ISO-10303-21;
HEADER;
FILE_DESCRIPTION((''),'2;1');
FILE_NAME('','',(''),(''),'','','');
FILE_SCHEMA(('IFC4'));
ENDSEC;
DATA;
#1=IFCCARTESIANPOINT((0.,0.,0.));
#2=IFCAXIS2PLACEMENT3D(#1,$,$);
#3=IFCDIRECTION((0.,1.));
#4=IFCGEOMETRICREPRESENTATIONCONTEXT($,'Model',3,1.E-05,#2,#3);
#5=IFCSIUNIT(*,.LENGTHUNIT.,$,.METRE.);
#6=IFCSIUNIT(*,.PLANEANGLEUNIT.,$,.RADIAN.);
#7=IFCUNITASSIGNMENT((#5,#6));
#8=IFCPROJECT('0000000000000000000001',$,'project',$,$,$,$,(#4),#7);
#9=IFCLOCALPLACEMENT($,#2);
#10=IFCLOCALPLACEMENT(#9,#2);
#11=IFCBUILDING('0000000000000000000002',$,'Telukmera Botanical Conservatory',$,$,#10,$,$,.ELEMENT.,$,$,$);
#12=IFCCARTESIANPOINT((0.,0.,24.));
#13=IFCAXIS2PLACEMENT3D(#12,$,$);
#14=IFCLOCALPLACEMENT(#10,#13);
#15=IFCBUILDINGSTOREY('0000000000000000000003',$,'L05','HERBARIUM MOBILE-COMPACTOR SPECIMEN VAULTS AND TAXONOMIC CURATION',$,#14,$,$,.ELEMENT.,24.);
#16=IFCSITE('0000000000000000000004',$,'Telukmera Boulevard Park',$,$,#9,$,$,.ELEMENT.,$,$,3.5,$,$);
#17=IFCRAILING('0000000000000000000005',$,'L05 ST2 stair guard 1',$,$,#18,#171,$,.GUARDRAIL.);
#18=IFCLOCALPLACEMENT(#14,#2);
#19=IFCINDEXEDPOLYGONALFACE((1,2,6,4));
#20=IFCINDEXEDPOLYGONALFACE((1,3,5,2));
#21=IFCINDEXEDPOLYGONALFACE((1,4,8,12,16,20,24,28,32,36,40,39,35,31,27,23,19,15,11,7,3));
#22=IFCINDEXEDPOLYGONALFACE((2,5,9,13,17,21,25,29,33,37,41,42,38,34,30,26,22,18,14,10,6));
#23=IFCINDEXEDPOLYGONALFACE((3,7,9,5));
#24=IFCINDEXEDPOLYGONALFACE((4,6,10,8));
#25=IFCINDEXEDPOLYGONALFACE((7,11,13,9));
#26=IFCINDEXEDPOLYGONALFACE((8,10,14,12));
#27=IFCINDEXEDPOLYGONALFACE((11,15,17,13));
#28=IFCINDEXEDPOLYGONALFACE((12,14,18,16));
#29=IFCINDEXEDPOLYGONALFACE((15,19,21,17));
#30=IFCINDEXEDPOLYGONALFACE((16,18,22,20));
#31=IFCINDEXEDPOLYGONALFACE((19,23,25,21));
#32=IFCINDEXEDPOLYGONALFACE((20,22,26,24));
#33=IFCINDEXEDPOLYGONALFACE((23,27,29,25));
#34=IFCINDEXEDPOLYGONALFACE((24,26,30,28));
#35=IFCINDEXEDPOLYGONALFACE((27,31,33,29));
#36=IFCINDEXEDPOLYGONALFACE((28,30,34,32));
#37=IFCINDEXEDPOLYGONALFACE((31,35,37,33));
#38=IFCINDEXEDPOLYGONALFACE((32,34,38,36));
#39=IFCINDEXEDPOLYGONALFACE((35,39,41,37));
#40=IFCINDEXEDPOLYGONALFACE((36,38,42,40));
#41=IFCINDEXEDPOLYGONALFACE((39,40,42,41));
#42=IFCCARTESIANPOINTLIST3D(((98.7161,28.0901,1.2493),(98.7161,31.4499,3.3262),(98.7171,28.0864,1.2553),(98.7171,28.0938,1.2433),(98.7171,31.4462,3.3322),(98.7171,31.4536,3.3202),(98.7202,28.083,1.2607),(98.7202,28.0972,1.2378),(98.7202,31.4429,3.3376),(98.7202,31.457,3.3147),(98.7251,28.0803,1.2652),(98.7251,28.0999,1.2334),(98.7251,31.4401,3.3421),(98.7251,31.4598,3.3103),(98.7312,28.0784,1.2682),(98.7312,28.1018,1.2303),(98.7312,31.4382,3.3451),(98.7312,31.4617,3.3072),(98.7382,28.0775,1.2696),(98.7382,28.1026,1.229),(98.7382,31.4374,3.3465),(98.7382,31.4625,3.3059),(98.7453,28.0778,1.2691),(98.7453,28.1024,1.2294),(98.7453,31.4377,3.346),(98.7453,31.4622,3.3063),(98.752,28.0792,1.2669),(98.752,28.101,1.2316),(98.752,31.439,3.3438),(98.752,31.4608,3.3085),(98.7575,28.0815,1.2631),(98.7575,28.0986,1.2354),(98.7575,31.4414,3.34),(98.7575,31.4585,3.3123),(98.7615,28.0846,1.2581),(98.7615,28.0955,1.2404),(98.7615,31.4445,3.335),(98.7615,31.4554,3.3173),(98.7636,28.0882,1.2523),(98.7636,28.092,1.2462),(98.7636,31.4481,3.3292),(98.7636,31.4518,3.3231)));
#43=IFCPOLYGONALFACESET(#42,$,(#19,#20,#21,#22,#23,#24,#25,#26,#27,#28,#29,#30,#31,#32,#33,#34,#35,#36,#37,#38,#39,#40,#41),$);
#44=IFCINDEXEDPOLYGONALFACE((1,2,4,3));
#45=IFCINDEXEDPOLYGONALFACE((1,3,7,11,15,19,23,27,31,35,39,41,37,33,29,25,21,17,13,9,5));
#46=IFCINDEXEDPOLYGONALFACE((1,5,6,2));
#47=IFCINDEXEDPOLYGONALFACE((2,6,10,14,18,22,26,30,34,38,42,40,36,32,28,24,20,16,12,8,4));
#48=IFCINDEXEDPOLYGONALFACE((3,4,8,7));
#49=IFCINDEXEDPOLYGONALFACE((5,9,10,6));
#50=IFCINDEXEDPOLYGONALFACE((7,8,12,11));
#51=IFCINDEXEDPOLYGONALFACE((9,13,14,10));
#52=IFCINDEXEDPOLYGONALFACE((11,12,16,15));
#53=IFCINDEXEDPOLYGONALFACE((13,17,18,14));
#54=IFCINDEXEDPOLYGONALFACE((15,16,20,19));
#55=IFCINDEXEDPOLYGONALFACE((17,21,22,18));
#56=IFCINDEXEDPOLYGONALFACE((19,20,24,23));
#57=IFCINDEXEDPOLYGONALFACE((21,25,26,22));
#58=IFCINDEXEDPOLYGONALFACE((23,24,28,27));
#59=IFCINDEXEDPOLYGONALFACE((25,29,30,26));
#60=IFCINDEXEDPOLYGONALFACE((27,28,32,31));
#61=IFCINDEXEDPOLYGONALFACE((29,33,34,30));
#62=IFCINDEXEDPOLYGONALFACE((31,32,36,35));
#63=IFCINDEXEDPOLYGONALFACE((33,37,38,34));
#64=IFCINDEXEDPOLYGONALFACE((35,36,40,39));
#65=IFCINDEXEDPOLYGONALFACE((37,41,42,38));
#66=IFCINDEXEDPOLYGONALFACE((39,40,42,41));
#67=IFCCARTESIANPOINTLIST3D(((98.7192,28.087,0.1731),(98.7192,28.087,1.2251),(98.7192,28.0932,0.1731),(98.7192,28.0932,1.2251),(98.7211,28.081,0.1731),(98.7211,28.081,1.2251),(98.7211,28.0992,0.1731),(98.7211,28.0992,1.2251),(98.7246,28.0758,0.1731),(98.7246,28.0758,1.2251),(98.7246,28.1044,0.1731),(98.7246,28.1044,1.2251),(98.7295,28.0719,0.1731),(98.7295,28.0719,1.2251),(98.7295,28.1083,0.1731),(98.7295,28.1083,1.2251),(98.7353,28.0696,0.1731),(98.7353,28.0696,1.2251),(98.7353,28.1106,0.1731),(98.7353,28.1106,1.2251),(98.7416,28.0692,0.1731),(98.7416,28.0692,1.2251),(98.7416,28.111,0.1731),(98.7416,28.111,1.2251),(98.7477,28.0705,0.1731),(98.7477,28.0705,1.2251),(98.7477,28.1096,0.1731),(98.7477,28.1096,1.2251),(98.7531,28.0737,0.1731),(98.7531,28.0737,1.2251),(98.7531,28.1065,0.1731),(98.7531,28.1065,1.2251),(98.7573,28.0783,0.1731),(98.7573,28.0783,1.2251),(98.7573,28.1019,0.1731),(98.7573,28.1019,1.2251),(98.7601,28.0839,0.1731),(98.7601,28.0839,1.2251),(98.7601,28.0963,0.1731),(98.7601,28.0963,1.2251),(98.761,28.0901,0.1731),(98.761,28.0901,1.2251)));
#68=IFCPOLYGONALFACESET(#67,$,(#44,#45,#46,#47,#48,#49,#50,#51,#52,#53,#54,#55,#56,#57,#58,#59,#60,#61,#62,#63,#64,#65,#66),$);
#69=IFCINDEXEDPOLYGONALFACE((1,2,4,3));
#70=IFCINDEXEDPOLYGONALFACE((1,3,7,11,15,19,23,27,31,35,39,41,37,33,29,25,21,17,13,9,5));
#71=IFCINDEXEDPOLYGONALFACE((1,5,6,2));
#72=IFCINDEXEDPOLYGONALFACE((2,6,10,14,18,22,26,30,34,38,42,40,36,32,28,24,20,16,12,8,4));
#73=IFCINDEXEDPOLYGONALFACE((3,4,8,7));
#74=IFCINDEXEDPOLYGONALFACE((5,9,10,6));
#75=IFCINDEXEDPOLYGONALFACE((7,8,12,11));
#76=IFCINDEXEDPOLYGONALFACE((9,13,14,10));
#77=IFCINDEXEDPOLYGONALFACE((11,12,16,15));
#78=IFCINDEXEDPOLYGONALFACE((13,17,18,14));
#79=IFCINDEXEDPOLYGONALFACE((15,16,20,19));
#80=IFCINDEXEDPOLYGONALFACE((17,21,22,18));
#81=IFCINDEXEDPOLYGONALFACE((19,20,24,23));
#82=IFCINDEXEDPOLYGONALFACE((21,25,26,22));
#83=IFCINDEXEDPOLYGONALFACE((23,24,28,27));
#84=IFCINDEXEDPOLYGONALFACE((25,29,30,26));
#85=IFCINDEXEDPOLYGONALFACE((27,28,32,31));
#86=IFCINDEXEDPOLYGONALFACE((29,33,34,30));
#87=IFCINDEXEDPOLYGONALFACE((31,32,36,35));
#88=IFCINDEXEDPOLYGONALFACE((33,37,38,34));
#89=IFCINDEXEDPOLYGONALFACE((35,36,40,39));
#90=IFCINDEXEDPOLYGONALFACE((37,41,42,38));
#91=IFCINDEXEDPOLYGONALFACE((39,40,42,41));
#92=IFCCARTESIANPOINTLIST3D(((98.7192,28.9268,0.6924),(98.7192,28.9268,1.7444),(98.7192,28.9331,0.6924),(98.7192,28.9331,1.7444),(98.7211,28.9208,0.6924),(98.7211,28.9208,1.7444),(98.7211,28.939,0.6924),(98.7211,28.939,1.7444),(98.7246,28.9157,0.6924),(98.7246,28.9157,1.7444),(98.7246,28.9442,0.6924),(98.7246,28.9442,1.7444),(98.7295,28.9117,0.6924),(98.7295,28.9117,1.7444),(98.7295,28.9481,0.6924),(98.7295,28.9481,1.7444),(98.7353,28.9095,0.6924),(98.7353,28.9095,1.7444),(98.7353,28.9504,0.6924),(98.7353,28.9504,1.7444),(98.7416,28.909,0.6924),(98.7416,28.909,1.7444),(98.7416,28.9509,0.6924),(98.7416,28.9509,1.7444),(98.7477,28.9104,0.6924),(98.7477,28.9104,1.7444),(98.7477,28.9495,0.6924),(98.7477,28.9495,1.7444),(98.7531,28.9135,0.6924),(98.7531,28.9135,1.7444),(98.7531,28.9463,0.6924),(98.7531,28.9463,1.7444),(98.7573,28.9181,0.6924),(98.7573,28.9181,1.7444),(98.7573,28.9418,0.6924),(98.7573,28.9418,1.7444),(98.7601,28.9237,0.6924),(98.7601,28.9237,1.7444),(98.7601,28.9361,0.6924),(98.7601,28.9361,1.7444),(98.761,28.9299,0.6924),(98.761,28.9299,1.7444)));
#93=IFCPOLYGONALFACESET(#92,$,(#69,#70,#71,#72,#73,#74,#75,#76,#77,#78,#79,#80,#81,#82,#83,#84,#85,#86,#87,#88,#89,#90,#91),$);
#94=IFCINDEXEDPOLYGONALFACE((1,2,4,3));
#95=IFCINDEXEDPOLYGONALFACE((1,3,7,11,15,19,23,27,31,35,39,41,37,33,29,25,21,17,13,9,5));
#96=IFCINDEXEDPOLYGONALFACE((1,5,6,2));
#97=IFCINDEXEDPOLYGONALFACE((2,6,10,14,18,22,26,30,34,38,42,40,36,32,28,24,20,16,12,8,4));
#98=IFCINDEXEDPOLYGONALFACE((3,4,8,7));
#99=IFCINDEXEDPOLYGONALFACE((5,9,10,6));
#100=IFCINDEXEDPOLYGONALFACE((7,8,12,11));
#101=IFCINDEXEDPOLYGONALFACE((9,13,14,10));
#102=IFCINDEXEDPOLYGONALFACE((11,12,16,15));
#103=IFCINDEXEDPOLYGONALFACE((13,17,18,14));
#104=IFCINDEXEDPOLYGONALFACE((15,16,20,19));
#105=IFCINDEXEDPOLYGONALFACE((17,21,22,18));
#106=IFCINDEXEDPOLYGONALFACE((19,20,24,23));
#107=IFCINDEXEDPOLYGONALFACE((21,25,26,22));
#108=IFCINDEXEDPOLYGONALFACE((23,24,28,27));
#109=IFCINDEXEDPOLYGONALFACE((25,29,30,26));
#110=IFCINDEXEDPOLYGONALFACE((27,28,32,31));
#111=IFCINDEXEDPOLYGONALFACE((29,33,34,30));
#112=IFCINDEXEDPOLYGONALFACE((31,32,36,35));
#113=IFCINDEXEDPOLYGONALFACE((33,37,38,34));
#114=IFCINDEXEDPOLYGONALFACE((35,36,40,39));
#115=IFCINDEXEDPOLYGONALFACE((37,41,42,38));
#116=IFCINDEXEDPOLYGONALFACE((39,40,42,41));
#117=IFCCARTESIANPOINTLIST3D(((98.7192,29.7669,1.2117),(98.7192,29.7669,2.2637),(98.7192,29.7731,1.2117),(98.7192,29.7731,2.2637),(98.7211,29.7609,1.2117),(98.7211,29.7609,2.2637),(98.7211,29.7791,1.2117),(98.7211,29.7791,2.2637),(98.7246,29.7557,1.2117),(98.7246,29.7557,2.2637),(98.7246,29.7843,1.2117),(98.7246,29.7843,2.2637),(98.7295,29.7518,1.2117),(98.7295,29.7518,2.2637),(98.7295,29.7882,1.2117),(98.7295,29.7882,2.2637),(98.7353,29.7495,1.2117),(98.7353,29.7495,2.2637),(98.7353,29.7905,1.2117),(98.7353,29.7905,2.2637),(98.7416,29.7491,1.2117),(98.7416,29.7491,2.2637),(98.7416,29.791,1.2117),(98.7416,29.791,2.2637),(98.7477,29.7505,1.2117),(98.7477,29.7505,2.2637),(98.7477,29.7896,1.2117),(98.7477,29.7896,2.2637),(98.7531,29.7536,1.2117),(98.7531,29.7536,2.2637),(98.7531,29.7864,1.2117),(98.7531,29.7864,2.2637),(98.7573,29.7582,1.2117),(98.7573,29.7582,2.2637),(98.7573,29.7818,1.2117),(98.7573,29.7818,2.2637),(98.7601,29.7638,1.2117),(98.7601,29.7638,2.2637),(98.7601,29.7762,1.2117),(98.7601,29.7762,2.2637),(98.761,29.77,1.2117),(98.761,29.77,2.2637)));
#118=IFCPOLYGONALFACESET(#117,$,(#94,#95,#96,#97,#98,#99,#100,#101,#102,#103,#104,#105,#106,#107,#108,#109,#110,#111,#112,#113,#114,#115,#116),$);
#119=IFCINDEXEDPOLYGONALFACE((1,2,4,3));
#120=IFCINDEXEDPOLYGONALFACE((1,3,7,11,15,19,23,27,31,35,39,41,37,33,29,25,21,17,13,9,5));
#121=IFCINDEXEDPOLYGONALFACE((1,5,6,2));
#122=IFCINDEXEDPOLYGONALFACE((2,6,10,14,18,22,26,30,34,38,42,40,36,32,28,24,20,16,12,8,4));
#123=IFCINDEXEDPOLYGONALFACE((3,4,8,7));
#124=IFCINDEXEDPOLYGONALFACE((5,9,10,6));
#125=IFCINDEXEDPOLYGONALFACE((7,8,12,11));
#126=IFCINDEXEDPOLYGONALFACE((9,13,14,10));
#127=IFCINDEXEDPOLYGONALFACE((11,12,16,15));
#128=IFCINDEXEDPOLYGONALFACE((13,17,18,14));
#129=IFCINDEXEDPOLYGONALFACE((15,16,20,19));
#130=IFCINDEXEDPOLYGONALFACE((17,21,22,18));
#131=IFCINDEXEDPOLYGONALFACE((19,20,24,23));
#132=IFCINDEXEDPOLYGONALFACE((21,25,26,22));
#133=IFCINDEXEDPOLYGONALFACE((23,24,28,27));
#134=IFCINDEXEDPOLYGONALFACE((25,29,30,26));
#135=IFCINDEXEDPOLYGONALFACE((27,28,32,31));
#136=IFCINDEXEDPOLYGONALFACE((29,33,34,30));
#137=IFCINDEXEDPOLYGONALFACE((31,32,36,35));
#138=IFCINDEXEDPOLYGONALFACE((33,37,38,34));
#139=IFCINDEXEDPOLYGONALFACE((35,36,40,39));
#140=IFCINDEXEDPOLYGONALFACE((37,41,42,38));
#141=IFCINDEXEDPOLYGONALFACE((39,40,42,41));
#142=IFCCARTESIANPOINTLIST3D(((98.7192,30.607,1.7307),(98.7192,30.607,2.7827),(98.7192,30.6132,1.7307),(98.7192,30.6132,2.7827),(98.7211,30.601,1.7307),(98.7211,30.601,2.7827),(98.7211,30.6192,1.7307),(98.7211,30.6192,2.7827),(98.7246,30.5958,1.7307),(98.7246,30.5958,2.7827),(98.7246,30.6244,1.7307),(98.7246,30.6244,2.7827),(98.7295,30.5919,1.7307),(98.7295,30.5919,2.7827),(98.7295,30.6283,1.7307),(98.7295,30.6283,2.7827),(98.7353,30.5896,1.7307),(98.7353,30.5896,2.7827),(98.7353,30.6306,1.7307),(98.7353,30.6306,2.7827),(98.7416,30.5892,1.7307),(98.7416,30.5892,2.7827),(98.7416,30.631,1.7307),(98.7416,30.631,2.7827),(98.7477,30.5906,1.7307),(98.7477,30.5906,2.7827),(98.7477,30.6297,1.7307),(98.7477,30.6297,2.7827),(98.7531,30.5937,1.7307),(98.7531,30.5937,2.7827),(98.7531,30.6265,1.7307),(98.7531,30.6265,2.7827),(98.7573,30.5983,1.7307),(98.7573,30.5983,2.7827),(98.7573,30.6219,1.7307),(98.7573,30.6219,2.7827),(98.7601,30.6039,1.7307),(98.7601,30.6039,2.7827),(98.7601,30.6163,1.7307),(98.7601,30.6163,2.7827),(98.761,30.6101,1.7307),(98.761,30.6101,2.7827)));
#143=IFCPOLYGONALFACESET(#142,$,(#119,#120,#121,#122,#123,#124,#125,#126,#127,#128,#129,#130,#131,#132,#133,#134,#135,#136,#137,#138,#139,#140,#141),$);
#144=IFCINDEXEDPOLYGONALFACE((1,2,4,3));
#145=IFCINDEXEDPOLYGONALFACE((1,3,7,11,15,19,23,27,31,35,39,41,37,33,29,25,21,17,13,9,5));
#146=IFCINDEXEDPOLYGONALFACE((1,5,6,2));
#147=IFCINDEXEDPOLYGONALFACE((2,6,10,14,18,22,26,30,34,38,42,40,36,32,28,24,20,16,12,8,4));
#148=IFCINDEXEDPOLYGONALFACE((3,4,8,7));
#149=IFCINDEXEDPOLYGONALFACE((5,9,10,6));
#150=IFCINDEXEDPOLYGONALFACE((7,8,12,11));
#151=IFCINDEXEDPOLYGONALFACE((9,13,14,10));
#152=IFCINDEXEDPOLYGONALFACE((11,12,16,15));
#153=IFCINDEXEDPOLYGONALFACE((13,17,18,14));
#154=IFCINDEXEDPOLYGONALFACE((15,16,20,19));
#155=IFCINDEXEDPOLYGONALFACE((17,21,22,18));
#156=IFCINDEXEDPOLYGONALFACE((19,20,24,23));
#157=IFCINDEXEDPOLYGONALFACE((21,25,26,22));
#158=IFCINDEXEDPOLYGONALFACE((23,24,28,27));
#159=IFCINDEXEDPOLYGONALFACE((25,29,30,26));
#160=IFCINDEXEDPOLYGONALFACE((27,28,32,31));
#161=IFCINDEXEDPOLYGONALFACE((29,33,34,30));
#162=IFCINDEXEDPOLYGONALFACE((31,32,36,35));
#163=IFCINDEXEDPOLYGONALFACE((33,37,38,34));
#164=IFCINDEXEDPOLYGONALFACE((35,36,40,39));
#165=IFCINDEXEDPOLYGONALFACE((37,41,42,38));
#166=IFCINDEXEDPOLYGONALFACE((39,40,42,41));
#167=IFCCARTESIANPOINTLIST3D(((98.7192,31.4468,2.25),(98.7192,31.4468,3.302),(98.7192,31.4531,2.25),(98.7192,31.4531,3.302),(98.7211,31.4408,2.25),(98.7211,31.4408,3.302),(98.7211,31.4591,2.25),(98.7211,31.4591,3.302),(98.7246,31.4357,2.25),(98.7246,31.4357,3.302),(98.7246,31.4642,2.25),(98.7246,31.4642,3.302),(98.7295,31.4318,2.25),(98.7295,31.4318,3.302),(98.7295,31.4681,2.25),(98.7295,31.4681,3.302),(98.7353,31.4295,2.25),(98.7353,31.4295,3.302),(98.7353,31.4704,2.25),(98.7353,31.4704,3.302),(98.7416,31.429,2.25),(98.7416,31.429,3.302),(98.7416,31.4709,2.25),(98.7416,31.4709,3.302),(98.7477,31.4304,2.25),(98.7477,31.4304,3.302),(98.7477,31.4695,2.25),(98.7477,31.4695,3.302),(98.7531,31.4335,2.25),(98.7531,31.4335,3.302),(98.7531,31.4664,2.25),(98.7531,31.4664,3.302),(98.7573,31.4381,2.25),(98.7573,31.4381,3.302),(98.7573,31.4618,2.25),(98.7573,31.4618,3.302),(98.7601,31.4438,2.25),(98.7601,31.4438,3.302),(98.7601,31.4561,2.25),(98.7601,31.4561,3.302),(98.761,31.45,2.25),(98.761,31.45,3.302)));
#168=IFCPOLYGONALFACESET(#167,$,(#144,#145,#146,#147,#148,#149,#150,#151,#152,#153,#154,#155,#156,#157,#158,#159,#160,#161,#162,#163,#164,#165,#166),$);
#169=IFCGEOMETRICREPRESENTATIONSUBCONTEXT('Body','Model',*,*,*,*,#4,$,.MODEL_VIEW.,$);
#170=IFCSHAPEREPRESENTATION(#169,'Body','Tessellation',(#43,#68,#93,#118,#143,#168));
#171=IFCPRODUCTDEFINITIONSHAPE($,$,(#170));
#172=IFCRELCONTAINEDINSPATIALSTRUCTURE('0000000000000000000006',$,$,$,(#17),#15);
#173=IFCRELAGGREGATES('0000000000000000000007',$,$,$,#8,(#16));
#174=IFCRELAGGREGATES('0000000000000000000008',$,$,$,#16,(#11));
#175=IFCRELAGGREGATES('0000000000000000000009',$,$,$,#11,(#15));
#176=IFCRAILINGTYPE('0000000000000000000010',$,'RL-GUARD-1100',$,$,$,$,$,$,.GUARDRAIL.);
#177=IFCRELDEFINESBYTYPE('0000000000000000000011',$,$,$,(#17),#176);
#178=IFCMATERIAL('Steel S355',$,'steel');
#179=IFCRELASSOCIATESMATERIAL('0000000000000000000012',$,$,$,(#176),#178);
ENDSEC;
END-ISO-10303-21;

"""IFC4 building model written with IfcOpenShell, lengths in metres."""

from ifc_helpers import new_model, si_unit, direction, frame, origin, origin_2d, place, context, subcontext, project, spatial, circle, extrude, material, type_object, element, save


model = new_model("IFC4")

# Units and contexts
model_context = context("Model", 3, precision=1e-05, world=origin(), true_north=direction((0.0, 1.0)))
body_context = subcontext(model_context, "Body", "Model", "MODEL_VIEW")
ifc_project = project(units=[si_unit("LENGTHUNIT", "METRE"), si_unit("PLANEANGLEUNIT", "RADIAN")], contexts=[model_context])

# Site, building, storey
site_placement = place(None, origin())
site = spatial("IfcSite", under=ifc_project, at=site_placement, Name="Telukmera Boulevard Park", CompositionType="ELEMENT", RefElevation=3.5)
building_placement = place(site_placement, origin())
building = spatial("IfcBuilding", under=site, at=building_placement, Name="Telukmera Botanical Conservatory", CompositionType="ELEMENT")
storey_placement = place(building_placement, frame((0.0, 0.0, 24.0)))
storey = spatial("IfcBuildingStorey", under=building, at=storey_placement, Name="L05", Description="HERBARIUM MOBILE-COMPACTOR SPECIMEN VAULTS AND TAXONOMIC CURATION", CompositionType="ELEMENT", Elevation=24.0)

# Railing
ifc_material_1 = material(Name="Steel S355", Category="steel")
railing_type_1 = type_object("IfcRailingType", Name="RL-GUARD-1100", PredefinedType="GUARDRAIL", material=ifc_material_1)
railing_1_placement = place(storey_placement, frame((98.74, 28.0901, 0.1731)))
element("IfcRailing", 1, at=railing_1_placement, inside=storey, type_object=railing_type_1, Name="L05 ST2 stair guard 1", PredefinedType="GUARDRAIL", context=body_context, shape_type="SweptSolid", body=[
    extrude(circle(Radius=0.0239, at=origin_2d()), frame((0.0, 0.0, 1.0762), z_axis=(0.0, 0.850606, 0.525803), x_axis=(-1.0, 0.0, 0.0)), (0.0, 0.0, 1.0), 3.95),
    extrude(circle(Radius=0.021, at=origin_2d()), origin(), (0.0, 0.0, 1.0), 1.052),
    extrude(circle(Radius=0.021, at=origin_2d()), frame((0.0, 0.8398, 0.5193)), (0.0, 0.0, 1.0), 1.052),
    extrude(circle(Radius=0.021, at=origin_2d()), frame((0.0, 1.6799, 1.0386)), (0.0, 0.0, 1.0), 1.052),
    extrude(circle(Radius=0.021, at=origin_2d()), frame((0.0, 2.52, 1.5576)), (0.0, 0.0, 1.0), 1.052),
    extrude(circle(Radius=0.021, at=origin_2d()), frame((0.0, 3.3599, 2.0769)), (0.0, 0.0, 1.0), 1.052),
])

save(model, "model.ifc")
